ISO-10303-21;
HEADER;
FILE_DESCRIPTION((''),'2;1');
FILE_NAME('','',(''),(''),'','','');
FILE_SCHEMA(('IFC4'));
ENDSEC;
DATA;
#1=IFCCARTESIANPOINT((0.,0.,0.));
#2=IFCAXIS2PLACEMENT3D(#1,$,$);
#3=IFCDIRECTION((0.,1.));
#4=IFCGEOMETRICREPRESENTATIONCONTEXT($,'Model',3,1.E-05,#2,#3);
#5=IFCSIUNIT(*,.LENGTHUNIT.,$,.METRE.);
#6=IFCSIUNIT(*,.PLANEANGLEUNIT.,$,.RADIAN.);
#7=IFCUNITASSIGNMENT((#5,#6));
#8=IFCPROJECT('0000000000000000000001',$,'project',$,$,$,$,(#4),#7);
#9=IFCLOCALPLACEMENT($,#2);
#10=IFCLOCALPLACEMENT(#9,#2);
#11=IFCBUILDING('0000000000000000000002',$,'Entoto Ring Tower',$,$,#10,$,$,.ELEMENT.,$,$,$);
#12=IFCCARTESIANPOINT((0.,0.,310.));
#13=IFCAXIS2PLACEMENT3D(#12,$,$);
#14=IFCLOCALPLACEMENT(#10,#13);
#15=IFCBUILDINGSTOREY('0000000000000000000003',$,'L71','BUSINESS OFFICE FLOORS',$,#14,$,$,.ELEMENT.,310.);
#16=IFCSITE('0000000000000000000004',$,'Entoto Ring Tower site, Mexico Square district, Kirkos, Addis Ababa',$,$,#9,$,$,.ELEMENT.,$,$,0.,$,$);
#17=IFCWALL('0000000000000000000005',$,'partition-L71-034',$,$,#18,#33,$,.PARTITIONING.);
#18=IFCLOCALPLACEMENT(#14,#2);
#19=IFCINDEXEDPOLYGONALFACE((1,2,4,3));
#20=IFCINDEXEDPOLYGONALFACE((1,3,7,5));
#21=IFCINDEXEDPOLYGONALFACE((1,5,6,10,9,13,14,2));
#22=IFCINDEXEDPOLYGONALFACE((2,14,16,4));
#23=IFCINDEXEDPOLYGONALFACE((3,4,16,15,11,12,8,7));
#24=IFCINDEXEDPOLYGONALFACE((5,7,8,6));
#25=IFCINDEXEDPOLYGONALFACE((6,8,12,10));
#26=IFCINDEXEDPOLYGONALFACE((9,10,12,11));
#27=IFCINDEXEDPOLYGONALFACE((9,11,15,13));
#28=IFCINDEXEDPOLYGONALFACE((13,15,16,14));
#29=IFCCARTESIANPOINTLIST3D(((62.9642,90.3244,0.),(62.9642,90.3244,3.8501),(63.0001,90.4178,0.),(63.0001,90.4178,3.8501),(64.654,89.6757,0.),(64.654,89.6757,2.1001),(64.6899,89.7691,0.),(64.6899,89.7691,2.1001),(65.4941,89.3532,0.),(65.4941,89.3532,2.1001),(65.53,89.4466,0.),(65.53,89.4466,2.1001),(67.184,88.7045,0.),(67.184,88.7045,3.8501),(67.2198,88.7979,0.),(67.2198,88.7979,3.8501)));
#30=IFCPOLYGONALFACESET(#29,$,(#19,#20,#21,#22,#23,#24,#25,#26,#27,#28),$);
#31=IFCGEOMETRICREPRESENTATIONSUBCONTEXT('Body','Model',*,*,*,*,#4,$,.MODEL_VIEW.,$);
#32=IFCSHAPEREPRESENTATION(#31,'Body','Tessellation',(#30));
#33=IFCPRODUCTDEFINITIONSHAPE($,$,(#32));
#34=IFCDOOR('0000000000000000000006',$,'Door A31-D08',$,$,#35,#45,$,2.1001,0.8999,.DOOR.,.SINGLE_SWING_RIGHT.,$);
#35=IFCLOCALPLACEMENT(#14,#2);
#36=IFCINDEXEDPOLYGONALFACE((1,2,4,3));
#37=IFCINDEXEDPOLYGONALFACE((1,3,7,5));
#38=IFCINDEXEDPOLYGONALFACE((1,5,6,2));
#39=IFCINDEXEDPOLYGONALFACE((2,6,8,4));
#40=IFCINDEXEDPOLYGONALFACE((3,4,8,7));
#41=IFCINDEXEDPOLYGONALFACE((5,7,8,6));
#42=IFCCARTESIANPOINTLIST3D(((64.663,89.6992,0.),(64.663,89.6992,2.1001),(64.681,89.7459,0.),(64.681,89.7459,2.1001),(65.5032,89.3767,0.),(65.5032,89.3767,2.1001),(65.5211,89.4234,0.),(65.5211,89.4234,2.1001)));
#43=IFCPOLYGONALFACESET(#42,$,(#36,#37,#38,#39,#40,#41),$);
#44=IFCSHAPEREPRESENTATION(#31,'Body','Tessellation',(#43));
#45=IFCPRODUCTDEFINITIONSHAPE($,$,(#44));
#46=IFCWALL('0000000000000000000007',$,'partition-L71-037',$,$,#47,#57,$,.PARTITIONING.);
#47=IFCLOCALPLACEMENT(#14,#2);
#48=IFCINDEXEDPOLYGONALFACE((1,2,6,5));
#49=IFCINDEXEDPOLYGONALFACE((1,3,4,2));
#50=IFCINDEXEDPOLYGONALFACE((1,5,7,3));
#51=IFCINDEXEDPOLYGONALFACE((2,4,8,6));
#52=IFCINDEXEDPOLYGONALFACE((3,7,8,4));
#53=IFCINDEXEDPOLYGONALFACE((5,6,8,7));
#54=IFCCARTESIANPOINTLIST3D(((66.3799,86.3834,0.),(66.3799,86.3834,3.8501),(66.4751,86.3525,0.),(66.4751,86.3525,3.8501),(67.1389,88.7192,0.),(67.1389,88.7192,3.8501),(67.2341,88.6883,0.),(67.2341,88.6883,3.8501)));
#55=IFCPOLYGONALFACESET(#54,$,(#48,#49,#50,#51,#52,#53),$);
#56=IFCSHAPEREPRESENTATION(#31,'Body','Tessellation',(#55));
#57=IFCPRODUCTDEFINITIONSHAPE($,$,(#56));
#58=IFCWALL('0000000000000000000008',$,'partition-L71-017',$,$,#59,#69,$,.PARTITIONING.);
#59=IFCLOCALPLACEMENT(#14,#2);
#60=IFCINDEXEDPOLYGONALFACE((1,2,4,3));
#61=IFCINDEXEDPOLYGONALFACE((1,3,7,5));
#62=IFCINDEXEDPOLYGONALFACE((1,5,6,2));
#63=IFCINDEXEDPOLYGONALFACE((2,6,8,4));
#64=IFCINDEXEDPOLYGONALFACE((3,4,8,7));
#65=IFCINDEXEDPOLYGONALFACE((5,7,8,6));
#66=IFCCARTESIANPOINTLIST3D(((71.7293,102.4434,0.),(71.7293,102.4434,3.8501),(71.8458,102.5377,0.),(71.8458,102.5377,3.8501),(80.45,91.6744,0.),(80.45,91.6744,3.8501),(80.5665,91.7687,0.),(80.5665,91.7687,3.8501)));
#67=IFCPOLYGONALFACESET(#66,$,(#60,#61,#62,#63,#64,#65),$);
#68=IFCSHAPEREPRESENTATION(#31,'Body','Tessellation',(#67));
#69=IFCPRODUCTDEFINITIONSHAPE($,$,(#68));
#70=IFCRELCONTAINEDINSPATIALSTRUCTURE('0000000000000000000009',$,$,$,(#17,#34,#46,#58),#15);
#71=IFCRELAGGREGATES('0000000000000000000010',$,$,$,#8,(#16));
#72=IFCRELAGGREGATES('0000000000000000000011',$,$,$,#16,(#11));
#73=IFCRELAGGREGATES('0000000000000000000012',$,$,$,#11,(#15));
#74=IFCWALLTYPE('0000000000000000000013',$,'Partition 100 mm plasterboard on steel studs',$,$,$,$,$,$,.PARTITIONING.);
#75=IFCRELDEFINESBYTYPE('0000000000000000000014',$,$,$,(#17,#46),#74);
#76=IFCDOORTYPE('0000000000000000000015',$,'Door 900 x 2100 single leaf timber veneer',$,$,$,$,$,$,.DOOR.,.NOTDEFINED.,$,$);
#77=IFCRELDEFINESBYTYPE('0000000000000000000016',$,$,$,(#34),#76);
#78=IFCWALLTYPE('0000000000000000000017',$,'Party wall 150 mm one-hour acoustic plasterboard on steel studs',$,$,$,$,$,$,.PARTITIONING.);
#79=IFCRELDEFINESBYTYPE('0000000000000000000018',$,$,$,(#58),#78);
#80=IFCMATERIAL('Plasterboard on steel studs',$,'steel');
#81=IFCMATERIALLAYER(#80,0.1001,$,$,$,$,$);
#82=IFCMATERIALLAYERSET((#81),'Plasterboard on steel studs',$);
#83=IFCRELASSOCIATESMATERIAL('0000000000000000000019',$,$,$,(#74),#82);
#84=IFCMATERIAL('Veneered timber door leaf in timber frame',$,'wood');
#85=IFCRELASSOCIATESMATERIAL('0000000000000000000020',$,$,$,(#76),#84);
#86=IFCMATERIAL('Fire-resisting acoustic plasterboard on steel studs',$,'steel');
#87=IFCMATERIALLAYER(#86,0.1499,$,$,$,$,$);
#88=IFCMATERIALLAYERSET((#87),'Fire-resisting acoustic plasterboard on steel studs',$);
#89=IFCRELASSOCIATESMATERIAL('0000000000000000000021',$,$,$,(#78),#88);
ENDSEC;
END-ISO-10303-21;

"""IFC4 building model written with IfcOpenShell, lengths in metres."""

from ifc_helpers import new_model, si_unit, direction, frame, frame_2d, origin, place, context, subcontext, project, spatial, rectangle, extrude, material, layer, layer_set, type_object, element, fill, save


model = new_model("IFC4")

# Units and contexts
model_context = context("Model", 3, precision=1e-05, world=origin(), true_north=direction((0.0, 1.0)))
body_context = subcontext(model_context, "Body", "Model", "MODEL_VIEW")
ifc_project = project(units=[si_unit("LENGTHUNIT", "METRE"), si_unit("PLANEANGLEUNIT", "RADIAN")], contexts=[model_context])

# Site, building, storey
site_placement = place(None, origin())
site = spatial("IfcSite", under=ifc_project, at=site_placement, Name="Entoto Ring Tower site, Mexico Square district, Kirkos, Addis Ababa", CompositionType="ELEMENT", RefElevation=0.0)
building_placement = place(site_placement, origin())
building = spatial("IfcBuilding", under=site, at=building_placement, Name="Entoto Ring Tower", CompositionType="ELEMENT")
storey_placement = place(building_placement, frame((0.0, 0.0, 310.0)))
storey = spatial("IfcBuildingStorey", under=building, at=storey_placement, Name="L71", Description="BUSINESS OFFICE FLOORS", CompositionType="ELEMENT", Elevation=310.0)

# Shared definitions
ifc_material_1 = material(Name="Plasterboard on steel studs", Category="steel")
ifc_layer_1 = layer(ifc_material_1, 0.1001)
ifc_layer_set_1 = layer_set([ifc_layer_1], Name="Plasterboard on steel studs")
wall_type_1 = type_object("IfcWallType", Name="Partition 100 mm plasterboard on steel studs", PredefinedType="PARTITIONING", material=ifc_layer_set_1)
ifc_material_2 = material(Name="Veneered timber door leaf in timber frame", Category="wood")
door_type_1 = type_object("IfcDoorType", Name="Door 900 x 2100 single leaf timber veneer", OperationType="NOTDEFINED", PredefinedType="DOOR", material=ifc_material_2)

# Wall, opening, door
wall_1_placement = place(storey_placement, frame((67.2019, 88.7512, 0.0), z_axis=(0.0, 0.0, 1.0), x_axis=(-0.933575, 0.358382, 0.0)))
wall_1 = element("IfcWall", 1, at=wall_1_placement, inside=storey, type_object=wall_type_1, Name="partition-L71-034", PredefinedType="PARTITIONING", context=body_context, shape_type="SweptSolid", body=[
    extrude(rectangle(XDim=4.52, YDim=0.1001, at=frame_2d((2.26, 0.0))), origin(), (0.0, 0.0, 1.0), 3.8501),
])
opening_1_placement = place(wall_1_placement, frame((1.8101, 0.0, 0.0)))
opening_1 = element("IfcOpeningElement", 2, at=opening_1_placement, cuts=wall_1, PredefinedType="OPENING", context=body_context, shape_type="SweptSolid", body=[
    extrude(rectangle(XDim=0.8999, YDim=2.1001, at=frame_2d((0.45, 1.05))), frame((0.0, 0.0601, 0.0), z_axis=(0.0, -1.0, 0.0), x_axis=(1.0, 0.0, 0.0)), (0.0, 0.0, 1.0), 0.1201),
])
door_1_placement = place(opening_1_placement, origin())
door_1 = element("IfcDoor", 3, at=door_1_placement, inside=storey, type_object=door_type_1, Name="Door A31-D08", OperationType="SINGLE_SWING_RIGHT", OverallHeight=2.1001, OverallWidth=0.8999, PredefinedType="DOOR", context=body_context, shape_type="SweptSolid", body=[
    extrude(rectangle(XDim=0.8999, YDim=2.1001, at=frame_2d((0.45, 1.05))), frame((0.0, 0.0249, 0.0), z_axis=(0.0, -1.0, 0.0), x_axis=(1.0, 0.0, 0.0)), (0.0, 0.0, 1.0), 0.05),
])
fill(opening_1, door_1)

# Walls
wall_2_placement = place(storey_placement, frame((66.4275, 86.3679, 0.0), z_axis=(0.0, 0.0, 1.0), x_axis=(0.309032, 0.951052, 0.0)))
element("IfcWall", 4, at=wall_2_placement, inside=storey, type_object=wall_type_1, Name="partition-L71-037", PredefinedType="PARTITIONING", context=body_context, shape_type="SweptSolid", body=[
    extrude(rectangle(XDim=2.4561, YDim=0.1001, at=frame_2d((1.228, 0.0))), origin(), (0.0, 0.0, 1.0), 3.8501),
])
ifc_material_3 = material(Name="Fire-resisting acoustic plasterboard on steel studs", Category="steel")
ifc_layer_2 = layer(ifc_material_3, 0.1499)
ifc_layer_set_2 = layer_set([ifc_layer_2], Name="Fire-resisting acoustic plasterboard on steel studs")
wall_type_2 = type_object("IfcWallType", Name="Party wall 150 mm one-hour acoustic plasterboard on steel studs", PredefinedType="PARTITIONING", material=ifc_layer_set_2)
wall_3_placement = place(storey_placement, frame((80.5083, 91.7214, 0.0), z_axis=(0.0, 0.0, 1.0), x_axis=(-0.629325, 0.777142, 0.0)))
element("IfcWall", 5, at=wall_3_placement, inside=storey, type_object=wall_type_2, Name="partition-L71-017", PredefinedType="PARTITIONING", context=body_context, shape_type="SweptSolid", body=[
    extrude(rectangle(XDim=13.8572, YDim=0.1499, at=frame_2d((6.9287, 0.0))), origin(), (0.0, 0.0, 1.0), 3.8501),
])

save(model, "model.ifc")
